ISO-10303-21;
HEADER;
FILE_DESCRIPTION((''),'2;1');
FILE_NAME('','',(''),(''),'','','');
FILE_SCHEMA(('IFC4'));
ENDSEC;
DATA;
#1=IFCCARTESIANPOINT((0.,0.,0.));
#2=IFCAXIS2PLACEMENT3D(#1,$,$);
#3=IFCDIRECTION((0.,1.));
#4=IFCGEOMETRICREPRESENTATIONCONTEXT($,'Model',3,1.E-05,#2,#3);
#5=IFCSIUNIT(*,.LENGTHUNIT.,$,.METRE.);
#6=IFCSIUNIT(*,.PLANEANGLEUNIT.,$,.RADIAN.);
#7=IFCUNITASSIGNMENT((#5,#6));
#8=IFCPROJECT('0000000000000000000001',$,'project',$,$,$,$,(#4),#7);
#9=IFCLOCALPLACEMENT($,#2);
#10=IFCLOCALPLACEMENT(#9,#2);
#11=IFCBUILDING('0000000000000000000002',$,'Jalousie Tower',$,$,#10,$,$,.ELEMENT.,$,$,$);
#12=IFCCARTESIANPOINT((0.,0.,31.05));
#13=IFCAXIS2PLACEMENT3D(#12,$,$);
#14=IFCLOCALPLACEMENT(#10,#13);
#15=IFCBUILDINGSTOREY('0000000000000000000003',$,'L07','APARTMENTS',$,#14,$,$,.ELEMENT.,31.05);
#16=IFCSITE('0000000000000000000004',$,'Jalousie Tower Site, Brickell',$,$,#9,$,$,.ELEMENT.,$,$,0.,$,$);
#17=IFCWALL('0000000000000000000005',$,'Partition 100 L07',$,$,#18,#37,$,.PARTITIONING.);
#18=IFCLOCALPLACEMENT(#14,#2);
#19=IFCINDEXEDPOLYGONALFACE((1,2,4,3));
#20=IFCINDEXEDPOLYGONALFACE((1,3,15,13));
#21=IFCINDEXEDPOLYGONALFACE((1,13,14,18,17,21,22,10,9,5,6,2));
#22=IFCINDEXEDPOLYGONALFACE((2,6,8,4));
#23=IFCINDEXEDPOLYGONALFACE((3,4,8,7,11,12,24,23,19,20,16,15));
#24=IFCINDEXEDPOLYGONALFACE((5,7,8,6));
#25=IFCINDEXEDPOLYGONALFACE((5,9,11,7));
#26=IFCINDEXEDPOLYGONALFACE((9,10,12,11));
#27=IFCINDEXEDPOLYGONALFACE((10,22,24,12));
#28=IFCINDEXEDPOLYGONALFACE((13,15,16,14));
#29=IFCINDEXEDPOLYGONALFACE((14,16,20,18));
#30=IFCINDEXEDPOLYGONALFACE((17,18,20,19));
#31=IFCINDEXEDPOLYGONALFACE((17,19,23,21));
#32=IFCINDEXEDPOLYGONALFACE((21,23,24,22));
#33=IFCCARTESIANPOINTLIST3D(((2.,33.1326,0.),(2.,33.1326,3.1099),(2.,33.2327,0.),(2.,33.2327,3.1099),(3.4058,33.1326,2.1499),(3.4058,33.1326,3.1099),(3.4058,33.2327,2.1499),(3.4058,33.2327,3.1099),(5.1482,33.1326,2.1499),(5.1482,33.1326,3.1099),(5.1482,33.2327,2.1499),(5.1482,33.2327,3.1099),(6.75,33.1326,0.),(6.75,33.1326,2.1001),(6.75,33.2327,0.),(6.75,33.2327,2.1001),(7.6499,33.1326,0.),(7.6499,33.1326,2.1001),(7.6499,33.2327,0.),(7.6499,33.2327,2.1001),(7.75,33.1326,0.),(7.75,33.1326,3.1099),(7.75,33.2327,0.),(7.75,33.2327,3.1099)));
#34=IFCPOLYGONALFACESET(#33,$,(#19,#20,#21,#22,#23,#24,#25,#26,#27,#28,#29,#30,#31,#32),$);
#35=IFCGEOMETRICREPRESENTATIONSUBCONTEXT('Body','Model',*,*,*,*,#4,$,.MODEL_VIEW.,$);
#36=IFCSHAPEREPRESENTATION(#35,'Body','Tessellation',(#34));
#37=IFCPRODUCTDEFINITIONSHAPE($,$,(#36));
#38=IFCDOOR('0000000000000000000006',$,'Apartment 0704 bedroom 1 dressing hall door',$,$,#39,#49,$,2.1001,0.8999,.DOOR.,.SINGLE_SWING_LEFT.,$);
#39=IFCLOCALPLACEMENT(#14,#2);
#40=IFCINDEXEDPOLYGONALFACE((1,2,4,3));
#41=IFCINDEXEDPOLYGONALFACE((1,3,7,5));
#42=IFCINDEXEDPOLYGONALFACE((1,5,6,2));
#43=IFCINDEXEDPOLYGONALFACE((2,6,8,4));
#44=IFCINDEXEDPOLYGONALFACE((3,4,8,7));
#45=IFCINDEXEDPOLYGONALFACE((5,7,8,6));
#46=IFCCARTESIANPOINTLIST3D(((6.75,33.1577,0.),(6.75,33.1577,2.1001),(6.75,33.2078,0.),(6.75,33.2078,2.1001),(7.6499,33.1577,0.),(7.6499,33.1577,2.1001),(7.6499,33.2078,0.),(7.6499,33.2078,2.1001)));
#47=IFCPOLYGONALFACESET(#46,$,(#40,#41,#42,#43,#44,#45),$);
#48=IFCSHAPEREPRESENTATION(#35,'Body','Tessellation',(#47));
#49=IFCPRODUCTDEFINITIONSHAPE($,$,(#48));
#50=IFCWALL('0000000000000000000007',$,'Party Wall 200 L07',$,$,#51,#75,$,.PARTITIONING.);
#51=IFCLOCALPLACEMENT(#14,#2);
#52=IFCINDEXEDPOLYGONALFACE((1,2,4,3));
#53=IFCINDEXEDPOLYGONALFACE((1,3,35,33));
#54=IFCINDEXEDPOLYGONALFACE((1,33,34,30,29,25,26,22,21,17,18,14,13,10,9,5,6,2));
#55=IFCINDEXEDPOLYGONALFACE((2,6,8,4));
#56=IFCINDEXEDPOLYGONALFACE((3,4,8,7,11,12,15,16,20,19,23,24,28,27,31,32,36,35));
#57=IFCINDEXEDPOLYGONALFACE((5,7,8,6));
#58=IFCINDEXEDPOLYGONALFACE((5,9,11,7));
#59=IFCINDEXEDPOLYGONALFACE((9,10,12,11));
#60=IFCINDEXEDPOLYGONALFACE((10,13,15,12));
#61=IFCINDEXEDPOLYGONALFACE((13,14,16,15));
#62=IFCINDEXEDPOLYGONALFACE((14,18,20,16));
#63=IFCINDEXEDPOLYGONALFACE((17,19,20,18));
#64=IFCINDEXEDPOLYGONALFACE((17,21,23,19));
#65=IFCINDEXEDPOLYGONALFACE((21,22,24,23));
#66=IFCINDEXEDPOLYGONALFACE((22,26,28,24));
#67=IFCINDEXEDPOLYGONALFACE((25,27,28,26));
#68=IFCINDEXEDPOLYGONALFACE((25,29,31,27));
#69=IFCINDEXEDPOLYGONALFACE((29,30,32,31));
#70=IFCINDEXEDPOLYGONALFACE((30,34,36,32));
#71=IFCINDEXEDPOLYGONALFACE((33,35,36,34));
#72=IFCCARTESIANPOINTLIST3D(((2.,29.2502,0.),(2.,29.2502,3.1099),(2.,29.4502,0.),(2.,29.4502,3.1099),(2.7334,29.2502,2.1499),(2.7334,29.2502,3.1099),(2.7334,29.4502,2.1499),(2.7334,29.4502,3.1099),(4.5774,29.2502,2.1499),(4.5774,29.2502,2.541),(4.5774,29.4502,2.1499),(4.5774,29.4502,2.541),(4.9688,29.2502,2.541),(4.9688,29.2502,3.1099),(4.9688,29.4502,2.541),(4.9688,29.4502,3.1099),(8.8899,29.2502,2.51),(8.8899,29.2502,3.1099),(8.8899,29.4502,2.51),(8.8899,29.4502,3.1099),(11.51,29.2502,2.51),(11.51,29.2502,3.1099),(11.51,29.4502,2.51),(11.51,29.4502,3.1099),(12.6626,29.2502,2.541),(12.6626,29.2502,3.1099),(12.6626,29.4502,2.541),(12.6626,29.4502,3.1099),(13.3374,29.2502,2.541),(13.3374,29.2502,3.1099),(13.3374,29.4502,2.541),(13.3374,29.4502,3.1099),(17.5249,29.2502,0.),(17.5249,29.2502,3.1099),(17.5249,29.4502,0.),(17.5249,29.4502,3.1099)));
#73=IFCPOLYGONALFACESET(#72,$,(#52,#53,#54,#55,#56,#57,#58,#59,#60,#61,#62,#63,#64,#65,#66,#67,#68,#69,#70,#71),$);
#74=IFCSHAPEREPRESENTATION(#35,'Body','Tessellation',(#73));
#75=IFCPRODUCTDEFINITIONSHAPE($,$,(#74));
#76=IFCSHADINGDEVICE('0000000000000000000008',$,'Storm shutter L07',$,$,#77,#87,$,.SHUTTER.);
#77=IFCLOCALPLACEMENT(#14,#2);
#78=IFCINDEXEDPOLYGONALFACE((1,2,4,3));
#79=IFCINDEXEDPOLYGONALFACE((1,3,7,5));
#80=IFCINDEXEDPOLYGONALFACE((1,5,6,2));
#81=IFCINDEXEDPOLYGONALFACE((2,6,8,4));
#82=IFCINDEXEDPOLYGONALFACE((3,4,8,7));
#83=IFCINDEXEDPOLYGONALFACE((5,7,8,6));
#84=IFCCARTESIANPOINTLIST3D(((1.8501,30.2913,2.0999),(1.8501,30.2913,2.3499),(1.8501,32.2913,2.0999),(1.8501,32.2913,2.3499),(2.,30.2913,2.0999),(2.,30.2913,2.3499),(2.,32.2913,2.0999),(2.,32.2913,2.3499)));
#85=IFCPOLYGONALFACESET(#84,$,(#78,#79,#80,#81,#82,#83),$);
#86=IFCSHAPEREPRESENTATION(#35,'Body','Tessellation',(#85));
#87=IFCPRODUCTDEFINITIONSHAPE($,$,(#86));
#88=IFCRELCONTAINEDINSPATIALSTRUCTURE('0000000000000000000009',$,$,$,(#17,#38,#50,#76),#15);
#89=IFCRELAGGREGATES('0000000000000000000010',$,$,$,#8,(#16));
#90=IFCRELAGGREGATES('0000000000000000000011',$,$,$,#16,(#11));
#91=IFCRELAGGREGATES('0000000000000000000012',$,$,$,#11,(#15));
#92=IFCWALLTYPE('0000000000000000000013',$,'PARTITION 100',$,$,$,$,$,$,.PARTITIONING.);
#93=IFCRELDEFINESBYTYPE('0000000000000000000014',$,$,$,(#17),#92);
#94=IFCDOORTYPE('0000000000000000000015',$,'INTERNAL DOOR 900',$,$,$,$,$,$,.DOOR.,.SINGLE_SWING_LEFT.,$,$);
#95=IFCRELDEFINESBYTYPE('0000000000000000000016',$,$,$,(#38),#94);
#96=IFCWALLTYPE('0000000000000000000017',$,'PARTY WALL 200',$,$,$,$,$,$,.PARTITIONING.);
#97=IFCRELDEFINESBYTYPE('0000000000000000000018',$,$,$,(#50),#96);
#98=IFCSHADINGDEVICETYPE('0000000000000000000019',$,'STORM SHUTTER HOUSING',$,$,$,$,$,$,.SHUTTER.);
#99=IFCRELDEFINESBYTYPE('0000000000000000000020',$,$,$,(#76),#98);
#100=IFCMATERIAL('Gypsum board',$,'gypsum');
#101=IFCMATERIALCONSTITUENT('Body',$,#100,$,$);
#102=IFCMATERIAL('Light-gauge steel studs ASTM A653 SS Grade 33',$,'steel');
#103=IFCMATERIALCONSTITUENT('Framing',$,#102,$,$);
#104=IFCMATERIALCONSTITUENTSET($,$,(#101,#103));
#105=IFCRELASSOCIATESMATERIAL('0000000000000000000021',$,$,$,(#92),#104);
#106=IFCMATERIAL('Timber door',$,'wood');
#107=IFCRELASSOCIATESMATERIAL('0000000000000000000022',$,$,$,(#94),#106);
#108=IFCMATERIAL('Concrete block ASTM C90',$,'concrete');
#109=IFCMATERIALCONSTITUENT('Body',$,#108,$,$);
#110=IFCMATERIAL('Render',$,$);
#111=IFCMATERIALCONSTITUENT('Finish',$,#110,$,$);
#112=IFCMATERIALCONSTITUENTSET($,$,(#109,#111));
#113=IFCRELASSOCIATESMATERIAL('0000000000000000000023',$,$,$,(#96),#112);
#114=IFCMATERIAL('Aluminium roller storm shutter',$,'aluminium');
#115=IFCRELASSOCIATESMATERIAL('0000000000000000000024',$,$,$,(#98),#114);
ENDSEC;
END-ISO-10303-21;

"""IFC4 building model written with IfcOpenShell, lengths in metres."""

from ifc_helpers import new_model, si_unit, direction, frame, frame_2d, origin, origin_2d, place, context, subcontext, project, spatial, polyline, rectangle, outline, extrude, material, constituent, constituent_set, type_object, element, fill, save


model = new_model("IFC4")

# Units and contexts
model_context = context("Model", 3, precision=1e-05, world=origin(), true_north=direction((0.0, 1.0)))
body_context = subcontext(model_context, "Body", "Model", "MODEL_VIEW")
ifc_project = project(units=[si_unit("LENGTHUNIT", "METRE"), si_unit("PLANEANGLEUNIT", "RADIAN")], contexts=[model_context])

# Site, building, storey
site_placement = place(None, origin())
site = spatial("IfcSite", under=ifc_project, at=site_placement, Name="Jalousie Tower Site, Brickell", CompositionType="ELEMENT", RefElevation=0.0)
building_placement = place(site_placement, origin())
building = spatial("IfcBuilding", under=site, at=building_placement, Name="Jalousie Tower", CompositionType="ELEMENT")
storey_placement = place(building_placement, frame((0.0, 0.0, 31.05)))
storey = spatial("IfcBuildingStorey", under=building, at=storey_placement, Name="L07", Description="APARTMENTS", CompositionType="ELEMENT", Elevation=31.05)

# Shared definitions
ifc_material_1 = material(Name="Gypsum board", Category="gypsum")
ifc_constituent_1 = constituent(ifc_material_1, Name="Body")
ifc_material_2 = material(Name="Light-gauge steel studs ASTM A653 SS Grade 33", Category="steel")
ifc_constituent_2 = constituent(ifc_material_2, Name="Framing")
ifc_constituent_set_1 = constituent_set(constituents=[ifc_constituent_1, ifc_constituent_2])
wall_type_1 = type_object("IfcWallType", Name="PARTITION 100", PredefinedType="PARTITIONING", material=ifc_constituent_set_1)

# Wall, opening, door
wall_1_placement = place(storey_placement, frame((2.0, 33.1826, 0.0), z_axis=(0.0, 0.0, 1.0), x_axis=(1.0, 0.0, 0.0)))
wall_1 = element("IfcWall", 1, at=wall_1_placement, inside=storey, type_object=wall_type_1, Name="Partition 100 L07", PredefinedType="PARTITIONING", context=body_context, shape_type="SweptSolid", body=[
    extrude(outline(polyline([(0.0, 0.0), (5.75, 0.0), (5.75, 3.1099), (3.1482, 3.1099), (3.1482, 2.1499), (1.4058, 2.1499), (1.4058, 3.1099), (0.0, 3.1099), (0.0, 0.0)])), frame((0.0, 0.05, 0.0), z_axis=(0.0, -1.0, 0.0), x_axis=(1.0, 0.0, 0.0)), (0.0, 0.0, 1.0), 0.1001),
])
opening_1_placement = place(wall_1_placement, frame((4.75, 0.0, 0.0)))
opening_1 = element("IfcOpeningElement", 2, at=opening_1_placement, cuts=wall_1, PredefinedType="OPENING", context=body_context, shape_type="SweptSolid", body=[
    extrude(rectangle(XDim=0.8999, YDim=2.1001, at=frame_2d((0.45, 1.05))), frame((0.0, 0.0601, 0.0), z_axis=(0.0, -1.0, 0.0), x_axis=(1.0, 0.0, 0.0)), (0.0, 0.0, 1.0), 0.1201),
])
ifc_material_3 = material(Name="Timber door", Category="wood")
door_type_1 = type_object("IfcDoorType", Name="INTERNAL DOOR 900", OperationType="SINGLE_SWING_LEFT", PredefinedType="DOOR", material=ifc_material_3)
door_1_placement = place(opening_1_placement, frame((0.8999, 0.0, 0.0), z_axis=(0.0, 0.0, 1.0), x_axis=(-1.0, 0.0, 0.0)))
door_1 = element("IfcDoor", 3, at=door_1_placement, inside=storey, type_object=door_type_1, Name="Apartment 0704 bedroom 1 dressing hall door", OperationType="SINGLE_SWING_LEFT", OverallHeight=2.1001, OverallWidth=0.8999, PredefinedType="DOOR", context=body_context, shape_type="SweptSolid", body=[
    extrude(rectangle(XDim=0.8999, YDim=2.1001, at=frame_2d((0.45, 1.05))), frame((0.0, 0.0249, 0.0), z_axis=(0.0, -1.0, 0.0), x_axis=(1.0, 0.0, 0.0)), (0.0, 0.0, 1.0), 0.05),
])
fill(opening_1, door_1)

# Wall
ifc_material_4 = material(Name="Concrete block ASTM C90", Category="concrete")
ifc_constituent_3 = constituent(ifc_material_4, Name="Body")
ifc_material_5 = material(Name="Render")
ifc_constituent_4 = constituent(ifc_material_5, Name="Finish")
ifc_constituent_set_2 = constituent_set(constituents=[ifc_constituent_3, ifc_constituent_4])
wall_type_2 = type_object("IfcWallType", Name="PARTY WALL 200", PredefinedType="PARTITIONING", material=ifc_constituent_set_2)
wall_2_placement = place(storey_placement, frame((2.0, 29.3501, 0.0), z_axis=(0.0, 0.0, 1.0), x_axis=(1.0, 0.0, 0.0)))
element("IfcWall", 4, at=wall_2_placement, inside=storey, type_object=wall_type_2, Name="Party Wall 200 L07", PredefinedType="PARTITIONING", context=body_context, shape_type="SweptSolid", body=[
    extrude(outline(polyline([(0.0, 0.0), (15.5249, 0.0), (15.5249, 3.1099), (11.3374, 3.1099), (11.3374, 2.541), (10.6626, 2.541), (10.6626, 3.1099), (9.51, 3.1099), (9.51, 2.51), (6.8899, 2.51), (6.8899, 3.1099), (2.9688, 3.1099), (2.9688, 2.541), (2.5774, 2.541), (2.5774, 2.1499), (0.7334, 2.1499), (0.7334, 3.1099), (0.0, 3.1099), (0.0, 0.0)])), frame((0.0, 0.1001, 0.0), z_axis=(0.0, -1.0, 0.0), x_axis=(1.0, 0.0, 0.0)), (0.0, 0.0, 1.0), 0.2),
])

# Shading device
ifc_material_6 = material(Name="Aluminium roller storm shutter", Category="aluminium")
shading_device_type = type_object("IfcShadingDeviceType", Name="STORM SHUTTER HOUSING", PredefinedType="SHUTTER", material=ifc_material_6)
shading_device_placement = place(storey_placement, frame((1.925, 31.2913, 2.0999), z_axis=(0.0, 0.0, 1.0), x_axis=(0.0, -1.0, 0.0)))
element("IfcShadingDevice", 5, at=shading_device_placement, inside=storey, type_object=shading_device_type, Name="Storm shutter L07", PredefinedType="SHUTTER", context=body_context, shape_type="SweptSolid", body=[
    extrude(rectangle(XDim=2.0, YDim=0.1499, at=origin_2d()), origin(), (0.0, 0.0, 1.0), 0.25),
])

save(model, "model.ifc")
